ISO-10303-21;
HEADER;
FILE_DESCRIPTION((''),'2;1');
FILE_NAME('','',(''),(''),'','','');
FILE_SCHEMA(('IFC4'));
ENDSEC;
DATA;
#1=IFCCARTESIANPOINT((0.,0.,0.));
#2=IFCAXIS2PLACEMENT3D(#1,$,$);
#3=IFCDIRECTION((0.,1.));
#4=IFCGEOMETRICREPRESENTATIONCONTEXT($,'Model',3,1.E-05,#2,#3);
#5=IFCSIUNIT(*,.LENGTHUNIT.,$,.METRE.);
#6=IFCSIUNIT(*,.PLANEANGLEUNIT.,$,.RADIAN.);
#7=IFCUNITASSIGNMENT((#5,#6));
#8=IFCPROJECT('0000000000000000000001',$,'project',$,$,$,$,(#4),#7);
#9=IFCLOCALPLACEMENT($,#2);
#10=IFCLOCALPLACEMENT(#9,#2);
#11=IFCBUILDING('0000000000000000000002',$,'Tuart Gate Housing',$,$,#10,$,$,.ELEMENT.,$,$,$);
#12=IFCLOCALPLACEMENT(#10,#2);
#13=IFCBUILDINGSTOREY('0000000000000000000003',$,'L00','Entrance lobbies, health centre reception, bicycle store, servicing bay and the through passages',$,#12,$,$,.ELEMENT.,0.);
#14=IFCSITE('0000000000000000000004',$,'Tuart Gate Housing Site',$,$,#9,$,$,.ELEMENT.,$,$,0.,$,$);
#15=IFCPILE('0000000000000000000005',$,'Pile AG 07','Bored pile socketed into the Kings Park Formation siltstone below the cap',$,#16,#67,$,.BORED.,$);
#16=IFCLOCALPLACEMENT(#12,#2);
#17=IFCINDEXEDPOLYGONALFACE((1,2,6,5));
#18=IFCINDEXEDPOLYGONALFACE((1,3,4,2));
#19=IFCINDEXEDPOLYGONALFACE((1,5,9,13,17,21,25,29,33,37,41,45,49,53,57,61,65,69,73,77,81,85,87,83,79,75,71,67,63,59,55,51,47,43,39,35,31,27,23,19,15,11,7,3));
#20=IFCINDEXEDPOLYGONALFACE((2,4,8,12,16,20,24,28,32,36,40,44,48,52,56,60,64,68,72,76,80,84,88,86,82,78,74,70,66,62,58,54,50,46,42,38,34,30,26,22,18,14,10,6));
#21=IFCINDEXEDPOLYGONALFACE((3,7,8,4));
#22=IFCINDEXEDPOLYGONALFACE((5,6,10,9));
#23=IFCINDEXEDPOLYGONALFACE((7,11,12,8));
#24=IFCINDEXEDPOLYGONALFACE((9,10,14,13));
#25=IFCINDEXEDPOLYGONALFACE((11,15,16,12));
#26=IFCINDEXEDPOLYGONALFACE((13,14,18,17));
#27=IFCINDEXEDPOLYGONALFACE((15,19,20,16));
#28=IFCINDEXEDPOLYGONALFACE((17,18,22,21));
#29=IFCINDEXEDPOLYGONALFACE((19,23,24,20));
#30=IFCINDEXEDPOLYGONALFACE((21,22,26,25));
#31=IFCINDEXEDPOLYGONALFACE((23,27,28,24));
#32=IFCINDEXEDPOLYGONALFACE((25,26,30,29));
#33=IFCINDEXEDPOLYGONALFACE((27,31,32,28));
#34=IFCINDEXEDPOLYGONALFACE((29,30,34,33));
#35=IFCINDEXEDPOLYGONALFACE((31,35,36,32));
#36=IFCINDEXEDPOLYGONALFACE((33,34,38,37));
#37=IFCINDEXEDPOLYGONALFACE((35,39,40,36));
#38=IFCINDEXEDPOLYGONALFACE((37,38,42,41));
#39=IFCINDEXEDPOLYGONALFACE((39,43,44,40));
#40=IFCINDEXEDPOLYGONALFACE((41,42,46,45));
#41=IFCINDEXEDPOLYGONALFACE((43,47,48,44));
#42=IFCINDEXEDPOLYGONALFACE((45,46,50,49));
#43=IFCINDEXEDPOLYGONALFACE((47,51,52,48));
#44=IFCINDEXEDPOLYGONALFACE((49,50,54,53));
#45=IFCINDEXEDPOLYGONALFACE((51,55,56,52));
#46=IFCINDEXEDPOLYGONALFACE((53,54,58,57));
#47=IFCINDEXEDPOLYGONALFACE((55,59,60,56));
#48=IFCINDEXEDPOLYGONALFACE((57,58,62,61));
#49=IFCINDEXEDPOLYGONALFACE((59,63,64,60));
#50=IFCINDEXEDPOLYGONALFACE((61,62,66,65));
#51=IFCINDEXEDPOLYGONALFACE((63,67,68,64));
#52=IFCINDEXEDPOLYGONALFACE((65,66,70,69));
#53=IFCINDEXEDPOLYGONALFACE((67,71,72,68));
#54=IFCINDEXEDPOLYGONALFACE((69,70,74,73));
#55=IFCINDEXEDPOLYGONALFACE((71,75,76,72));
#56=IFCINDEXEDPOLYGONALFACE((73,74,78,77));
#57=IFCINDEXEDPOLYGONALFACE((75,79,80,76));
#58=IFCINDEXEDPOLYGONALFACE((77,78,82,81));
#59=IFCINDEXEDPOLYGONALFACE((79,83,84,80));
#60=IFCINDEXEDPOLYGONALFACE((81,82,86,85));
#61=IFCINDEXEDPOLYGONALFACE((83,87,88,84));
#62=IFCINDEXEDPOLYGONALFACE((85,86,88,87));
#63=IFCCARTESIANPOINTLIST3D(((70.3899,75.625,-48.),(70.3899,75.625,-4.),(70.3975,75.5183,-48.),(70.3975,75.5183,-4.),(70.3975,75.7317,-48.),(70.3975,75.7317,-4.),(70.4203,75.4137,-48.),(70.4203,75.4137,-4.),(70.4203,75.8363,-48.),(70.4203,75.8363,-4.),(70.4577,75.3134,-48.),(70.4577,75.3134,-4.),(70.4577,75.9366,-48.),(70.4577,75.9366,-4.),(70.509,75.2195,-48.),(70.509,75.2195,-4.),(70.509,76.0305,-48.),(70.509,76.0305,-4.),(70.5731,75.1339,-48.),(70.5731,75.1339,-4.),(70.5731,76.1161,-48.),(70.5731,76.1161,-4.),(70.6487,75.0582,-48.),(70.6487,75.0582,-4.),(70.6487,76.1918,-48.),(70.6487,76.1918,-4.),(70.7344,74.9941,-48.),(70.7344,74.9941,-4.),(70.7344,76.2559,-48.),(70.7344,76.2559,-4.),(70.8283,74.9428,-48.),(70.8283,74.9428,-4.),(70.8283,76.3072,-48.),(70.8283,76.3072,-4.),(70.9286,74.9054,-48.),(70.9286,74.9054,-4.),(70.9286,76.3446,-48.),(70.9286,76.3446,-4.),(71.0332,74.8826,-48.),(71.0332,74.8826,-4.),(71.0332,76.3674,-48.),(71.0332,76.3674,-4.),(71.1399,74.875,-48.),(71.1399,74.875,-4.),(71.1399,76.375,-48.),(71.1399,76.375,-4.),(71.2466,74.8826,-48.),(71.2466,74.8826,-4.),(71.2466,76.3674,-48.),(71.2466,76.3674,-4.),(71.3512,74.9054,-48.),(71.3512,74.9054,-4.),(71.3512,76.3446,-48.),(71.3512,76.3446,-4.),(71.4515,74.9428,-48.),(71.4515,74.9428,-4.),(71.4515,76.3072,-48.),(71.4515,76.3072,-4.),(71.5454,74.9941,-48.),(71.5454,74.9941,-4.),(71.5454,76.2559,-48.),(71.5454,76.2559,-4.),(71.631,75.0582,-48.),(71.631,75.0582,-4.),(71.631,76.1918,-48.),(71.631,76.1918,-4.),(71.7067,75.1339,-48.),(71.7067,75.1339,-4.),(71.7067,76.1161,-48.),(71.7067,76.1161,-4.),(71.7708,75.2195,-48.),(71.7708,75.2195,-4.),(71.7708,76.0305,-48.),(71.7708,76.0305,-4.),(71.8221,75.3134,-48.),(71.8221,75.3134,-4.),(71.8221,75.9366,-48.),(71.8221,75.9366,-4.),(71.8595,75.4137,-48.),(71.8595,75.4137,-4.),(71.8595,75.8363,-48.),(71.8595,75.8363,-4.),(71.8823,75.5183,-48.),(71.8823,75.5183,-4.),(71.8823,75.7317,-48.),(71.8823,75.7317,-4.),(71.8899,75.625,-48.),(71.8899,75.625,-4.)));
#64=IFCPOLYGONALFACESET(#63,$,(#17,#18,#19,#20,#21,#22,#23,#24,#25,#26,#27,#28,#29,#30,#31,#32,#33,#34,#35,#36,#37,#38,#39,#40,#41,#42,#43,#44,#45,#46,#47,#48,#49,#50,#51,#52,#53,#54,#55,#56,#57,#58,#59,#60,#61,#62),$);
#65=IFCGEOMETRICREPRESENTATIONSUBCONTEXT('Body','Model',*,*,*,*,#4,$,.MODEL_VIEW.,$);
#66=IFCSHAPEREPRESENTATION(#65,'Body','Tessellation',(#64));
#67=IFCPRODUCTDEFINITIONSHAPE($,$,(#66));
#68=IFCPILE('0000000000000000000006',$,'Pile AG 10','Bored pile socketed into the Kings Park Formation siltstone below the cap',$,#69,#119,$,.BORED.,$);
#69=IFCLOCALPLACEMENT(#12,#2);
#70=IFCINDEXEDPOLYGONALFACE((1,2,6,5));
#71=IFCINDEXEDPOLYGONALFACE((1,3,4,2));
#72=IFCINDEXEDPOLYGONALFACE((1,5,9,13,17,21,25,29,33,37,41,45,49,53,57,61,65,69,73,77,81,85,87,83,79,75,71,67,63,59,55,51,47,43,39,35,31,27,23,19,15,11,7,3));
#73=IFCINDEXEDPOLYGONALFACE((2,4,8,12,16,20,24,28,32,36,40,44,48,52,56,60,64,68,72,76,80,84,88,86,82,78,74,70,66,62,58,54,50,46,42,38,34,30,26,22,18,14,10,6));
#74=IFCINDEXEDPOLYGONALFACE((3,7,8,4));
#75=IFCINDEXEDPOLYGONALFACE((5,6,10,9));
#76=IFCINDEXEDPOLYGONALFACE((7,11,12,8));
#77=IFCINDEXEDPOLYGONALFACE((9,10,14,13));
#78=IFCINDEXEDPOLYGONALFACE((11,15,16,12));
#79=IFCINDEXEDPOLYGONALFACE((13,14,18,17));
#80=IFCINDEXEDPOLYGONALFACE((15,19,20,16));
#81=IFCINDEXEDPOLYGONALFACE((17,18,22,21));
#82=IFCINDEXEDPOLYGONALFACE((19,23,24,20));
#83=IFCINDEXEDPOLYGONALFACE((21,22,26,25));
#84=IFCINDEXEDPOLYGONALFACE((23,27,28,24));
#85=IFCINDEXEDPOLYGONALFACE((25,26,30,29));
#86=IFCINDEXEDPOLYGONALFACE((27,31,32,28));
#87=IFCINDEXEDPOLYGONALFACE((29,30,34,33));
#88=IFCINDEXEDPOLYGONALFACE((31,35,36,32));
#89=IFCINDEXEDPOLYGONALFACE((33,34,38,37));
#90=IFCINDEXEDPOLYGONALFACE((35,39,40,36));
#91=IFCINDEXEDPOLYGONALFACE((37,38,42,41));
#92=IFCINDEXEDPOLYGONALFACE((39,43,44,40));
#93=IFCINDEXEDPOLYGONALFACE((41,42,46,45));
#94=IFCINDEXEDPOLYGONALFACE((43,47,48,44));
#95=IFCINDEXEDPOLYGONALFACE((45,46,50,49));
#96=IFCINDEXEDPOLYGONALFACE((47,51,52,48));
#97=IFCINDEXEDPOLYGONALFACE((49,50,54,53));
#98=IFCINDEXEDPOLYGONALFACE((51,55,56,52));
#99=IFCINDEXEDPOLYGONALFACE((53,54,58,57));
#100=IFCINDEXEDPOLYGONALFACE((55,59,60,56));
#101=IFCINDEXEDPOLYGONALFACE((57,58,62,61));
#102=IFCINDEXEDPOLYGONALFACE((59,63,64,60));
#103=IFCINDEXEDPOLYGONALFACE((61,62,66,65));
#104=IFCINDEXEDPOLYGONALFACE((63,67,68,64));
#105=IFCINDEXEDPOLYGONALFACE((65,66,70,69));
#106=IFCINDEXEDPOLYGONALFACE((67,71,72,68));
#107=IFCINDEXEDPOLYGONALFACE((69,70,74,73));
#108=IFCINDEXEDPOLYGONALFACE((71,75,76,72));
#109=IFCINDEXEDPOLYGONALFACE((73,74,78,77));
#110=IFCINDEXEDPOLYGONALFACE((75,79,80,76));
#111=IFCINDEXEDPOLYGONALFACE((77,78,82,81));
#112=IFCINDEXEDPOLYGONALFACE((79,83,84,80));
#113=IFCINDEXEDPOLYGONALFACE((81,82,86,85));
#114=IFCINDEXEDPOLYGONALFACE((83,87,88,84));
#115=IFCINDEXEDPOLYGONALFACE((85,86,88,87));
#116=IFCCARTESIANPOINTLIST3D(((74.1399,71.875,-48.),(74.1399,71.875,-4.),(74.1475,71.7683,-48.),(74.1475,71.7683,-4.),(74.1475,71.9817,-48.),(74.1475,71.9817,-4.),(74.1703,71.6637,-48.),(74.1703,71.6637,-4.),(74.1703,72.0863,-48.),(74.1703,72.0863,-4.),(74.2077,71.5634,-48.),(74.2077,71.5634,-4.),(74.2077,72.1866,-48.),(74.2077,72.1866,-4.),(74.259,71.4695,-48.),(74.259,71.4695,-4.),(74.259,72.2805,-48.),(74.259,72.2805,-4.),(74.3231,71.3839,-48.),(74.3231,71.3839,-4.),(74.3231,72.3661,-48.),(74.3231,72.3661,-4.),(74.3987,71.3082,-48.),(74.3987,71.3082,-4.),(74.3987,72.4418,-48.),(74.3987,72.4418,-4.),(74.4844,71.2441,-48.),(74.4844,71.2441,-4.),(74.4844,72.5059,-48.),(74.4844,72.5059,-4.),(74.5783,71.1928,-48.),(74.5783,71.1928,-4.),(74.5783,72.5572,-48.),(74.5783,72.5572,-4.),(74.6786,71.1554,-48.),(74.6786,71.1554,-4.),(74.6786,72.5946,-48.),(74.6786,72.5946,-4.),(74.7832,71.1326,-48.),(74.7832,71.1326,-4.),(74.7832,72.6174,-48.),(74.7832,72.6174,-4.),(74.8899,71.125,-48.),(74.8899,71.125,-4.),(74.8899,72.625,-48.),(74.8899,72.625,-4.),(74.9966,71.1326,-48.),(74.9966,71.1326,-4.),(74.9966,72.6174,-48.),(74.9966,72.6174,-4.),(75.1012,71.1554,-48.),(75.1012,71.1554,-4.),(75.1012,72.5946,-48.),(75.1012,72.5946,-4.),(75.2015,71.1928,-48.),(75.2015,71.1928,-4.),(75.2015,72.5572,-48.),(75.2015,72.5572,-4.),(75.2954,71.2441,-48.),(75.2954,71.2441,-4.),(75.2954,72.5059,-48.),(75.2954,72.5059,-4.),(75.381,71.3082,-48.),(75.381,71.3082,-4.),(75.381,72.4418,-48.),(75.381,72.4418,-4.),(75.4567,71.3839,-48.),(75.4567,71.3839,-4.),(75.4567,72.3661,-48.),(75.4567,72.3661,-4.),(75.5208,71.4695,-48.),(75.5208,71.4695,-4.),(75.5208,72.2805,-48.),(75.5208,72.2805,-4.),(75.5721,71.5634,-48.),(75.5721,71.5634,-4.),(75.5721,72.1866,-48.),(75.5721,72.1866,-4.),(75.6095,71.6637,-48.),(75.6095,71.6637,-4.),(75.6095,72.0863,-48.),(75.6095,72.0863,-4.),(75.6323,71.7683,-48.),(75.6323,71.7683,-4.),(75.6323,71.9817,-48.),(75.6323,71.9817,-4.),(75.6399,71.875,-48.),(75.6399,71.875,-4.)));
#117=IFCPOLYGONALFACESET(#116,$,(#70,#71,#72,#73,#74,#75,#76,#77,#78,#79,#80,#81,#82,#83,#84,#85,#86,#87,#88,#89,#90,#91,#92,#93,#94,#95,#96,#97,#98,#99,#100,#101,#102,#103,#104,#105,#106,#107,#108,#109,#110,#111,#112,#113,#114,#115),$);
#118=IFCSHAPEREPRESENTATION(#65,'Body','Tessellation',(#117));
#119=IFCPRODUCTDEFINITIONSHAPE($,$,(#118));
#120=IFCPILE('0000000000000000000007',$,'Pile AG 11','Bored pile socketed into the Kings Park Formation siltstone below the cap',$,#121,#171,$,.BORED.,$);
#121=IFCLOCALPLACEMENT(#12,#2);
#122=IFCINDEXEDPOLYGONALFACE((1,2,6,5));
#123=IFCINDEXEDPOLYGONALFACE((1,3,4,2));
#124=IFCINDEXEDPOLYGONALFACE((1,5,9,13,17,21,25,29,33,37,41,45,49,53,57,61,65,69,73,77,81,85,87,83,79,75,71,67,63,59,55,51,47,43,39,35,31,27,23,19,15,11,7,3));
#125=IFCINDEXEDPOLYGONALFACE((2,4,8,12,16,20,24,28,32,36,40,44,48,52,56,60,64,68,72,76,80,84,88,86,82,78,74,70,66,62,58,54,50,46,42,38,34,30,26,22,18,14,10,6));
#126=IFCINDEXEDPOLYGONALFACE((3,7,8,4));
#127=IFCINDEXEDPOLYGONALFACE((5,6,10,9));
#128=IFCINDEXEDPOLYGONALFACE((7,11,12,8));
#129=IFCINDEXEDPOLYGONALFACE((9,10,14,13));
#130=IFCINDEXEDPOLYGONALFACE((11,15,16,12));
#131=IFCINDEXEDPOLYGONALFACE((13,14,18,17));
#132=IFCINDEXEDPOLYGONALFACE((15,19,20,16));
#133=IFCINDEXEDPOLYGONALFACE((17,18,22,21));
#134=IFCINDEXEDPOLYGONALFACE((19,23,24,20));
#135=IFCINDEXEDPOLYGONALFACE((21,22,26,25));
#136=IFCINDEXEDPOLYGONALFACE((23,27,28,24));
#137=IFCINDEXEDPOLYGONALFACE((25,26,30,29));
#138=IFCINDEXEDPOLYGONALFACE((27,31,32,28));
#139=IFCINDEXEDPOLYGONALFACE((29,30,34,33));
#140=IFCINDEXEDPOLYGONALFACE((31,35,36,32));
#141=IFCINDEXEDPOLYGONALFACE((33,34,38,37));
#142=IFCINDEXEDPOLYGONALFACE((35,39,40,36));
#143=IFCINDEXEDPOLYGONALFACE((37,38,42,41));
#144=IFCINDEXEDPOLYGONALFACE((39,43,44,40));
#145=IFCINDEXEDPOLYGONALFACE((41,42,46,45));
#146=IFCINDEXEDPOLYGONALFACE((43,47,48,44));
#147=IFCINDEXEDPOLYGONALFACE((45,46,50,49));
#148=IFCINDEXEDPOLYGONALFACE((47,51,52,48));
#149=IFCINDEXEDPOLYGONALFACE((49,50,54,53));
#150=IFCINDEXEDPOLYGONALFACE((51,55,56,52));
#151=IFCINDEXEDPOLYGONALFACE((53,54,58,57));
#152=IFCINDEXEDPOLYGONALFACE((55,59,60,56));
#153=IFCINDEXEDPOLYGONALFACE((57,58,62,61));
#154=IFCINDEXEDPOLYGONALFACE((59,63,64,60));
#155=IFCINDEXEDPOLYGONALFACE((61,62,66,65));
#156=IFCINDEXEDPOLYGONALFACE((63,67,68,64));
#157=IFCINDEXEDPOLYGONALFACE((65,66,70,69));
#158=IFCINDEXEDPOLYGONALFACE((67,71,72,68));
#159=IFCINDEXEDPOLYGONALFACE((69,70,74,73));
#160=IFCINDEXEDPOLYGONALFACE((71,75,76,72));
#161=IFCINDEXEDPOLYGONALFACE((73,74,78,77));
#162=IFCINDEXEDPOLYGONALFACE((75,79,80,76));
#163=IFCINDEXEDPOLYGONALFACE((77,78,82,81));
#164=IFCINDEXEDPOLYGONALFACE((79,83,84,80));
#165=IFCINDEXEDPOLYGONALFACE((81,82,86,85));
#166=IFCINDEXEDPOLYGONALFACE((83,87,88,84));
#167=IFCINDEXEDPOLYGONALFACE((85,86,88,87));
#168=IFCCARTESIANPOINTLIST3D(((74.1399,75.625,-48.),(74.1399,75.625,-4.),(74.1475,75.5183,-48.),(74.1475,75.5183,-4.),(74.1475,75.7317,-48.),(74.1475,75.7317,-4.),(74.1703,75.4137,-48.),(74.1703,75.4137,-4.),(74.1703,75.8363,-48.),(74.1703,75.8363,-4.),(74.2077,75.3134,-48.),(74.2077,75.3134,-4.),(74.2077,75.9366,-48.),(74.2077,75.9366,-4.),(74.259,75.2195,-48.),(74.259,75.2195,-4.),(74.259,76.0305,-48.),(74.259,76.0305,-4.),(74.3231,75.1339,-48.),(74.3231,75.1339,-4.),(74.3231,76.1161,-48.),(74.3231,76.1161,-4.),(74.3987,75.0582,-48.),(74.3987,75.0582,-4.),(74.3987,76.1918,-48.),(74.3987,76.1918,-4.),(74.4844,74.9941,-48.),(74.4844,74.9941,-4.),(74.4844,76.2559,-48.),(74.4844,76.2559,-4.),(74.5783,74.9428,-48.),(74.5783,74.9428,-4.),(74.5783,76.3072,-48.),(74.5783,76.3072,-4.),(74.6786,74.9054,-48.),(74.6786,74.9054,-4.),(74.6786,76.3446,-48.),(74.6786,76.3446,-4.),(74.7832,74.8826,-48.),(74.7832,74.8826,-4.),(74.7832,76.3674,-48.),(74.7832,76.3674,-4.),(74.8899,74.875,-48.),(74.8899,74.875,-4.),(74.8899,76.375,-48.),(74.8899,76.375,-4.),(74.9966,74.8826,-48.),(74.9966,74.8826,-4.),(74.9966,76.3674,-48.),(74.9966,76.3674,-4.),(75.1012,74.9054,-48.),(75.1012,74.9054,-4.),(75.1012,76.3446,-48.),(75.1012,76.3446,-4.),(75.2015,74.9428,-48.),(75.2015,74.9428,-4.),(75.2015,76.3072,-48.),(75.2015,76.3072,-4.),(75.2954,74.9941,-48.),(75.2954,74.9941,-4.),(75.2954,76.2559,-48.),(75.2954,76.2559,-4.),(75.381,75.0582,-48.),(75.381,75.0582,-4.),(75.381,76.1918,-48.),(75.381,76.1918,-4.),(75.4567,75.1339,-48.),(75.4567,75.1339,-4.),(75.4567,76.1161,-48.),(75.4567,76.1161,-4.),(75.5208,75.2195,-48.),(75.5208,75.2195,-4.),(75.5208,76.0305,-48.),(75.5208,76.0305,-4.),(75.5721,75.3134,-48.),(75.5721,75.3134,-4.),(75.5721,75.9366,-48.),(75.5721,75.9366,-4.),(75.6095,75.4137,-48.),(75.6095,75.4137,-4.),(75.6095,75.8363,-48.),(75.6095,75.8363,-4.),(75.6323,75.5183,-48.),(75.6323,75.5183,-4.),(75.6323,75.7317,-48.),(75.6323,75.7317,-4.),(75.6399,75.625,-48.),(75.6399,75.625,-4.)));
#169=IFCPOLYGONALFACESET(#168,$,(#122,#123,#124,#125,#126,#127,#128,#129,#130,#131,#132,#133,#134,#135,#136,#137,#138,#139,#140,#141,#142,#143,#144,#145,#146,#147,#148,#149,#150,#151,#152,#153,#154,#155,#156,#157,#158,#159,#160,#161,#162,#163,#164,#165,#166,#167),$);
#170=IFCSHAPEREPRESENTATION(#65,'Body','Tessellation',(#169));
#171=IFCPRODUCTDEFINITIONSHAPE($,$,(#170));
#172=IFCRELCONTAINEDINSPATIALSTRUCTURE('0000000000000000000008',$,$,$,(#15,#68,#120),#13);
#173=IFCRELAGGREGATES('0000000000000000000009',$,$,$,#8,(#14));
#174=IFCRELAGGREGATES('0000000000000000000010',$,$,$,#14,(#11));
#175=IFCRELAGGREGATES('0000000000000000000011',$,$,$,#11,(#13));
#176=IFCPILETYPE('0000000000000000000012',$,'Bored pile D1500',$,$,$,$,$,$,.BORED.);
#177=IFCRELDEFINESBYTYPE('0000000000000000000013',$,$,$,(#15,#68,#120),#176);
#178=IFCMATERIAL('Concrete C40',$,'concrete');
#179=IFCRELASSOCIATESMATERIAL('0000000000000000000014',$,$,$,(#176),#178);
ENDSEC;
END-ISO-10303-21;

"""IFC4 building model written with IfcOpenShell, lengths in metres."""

from ifc_helpers import new_model, si_unit, direction, frame, origin, origin_2d, place, context, subcontext, project, spatial, circle, extrude, material, material_profile, profile_set, type_object, element, save


model = new_model("IFC4")

# Units and contexts
model_context = context("Model", 3, precision=1e-05, world=origin(), true_north=direction((0.0, 1.0)))
body_context = subcontext(model_context, "Body", "Model", "MODEL_VIEW")
ifc_project = project(units=[si_unit("LENGTHUNIT", "METRE"), si_unit("PLANEANGLEUNIT", "RADIAN")], contexts=[model_context])

# Site, building, storey
site_placement = place(None, origin())
site = spatial("IfcSite", under=ifc_project, at=site_placement, Name="Tuart Gate Housing Site", CompositionType="ELEMENT", RefElevation=0.0)
building_placement = place(site_placement, origin())
building = spatial("IfcBuilding", under=site, at=building_placement, Name="Tuart Gate Housing", CompositionType="ELEMENT")
storey_placement = place(building_placement, origin())
storey = spatial("IfcBuildingStorey", under=building, at=storey_placement, Name="L00", Description="Entrance lobbies, health centre reception, bicycle store, servicing bay and the through passages", CompositionType="ELEMENT", Elevation=0.0)

# Piles
ifc_material_1 = material(Name="Concrete C40", Category="concrete")
ifc_material_profile_1 = material_profile(ifc_material_1, circle(Radius=0.75, at=origin_2d()), Name="Bored pile D1500")
ifc_profile_set_1 = profile_set([ifc_material_profile_1], Name="Concrete C40")
pile_type = type_object("IfcPileType", Name="Bored pile D1500", PredefinedType="BORED", material=ifc_profile_set_1)
for number, where, z_axis, x_axis, name in (
    (1, (71.1399, 75.625, -4.0), (0.0, 0.0, -1.0), (1.0, 0.0, 0.0), "Pile AG 07"),
    (2, (74.8899, 71.875, -4.0), (0.0, 0.0, -1.0), (1.0, 0.0, 0.0), "Pile AG 10"),
    (3, (74.8899, 75.625, -4.0), (0.0, 0.0, -1.0), (1.0, 0.0, 0.0), "Pile AG 11"),
):
    element("IfcPile", number, at=place(storey_placement, frame(where, z_axis=z_axis, x_axis=x_axis)), inside=storey, type_object=pile_type, Name=name, Description="Bored pile socketed into the Kings Park Formation siltstone below the cap", PredefinedType="BORED", context=body_context, shape_type="SweptSolid", body=[
        extrude(circle(Radius=0.75, at=origin_2d()), origin(), (0.0, 0.0, 1.0), 44.0),
    ])

save(model, "model.ifc")
